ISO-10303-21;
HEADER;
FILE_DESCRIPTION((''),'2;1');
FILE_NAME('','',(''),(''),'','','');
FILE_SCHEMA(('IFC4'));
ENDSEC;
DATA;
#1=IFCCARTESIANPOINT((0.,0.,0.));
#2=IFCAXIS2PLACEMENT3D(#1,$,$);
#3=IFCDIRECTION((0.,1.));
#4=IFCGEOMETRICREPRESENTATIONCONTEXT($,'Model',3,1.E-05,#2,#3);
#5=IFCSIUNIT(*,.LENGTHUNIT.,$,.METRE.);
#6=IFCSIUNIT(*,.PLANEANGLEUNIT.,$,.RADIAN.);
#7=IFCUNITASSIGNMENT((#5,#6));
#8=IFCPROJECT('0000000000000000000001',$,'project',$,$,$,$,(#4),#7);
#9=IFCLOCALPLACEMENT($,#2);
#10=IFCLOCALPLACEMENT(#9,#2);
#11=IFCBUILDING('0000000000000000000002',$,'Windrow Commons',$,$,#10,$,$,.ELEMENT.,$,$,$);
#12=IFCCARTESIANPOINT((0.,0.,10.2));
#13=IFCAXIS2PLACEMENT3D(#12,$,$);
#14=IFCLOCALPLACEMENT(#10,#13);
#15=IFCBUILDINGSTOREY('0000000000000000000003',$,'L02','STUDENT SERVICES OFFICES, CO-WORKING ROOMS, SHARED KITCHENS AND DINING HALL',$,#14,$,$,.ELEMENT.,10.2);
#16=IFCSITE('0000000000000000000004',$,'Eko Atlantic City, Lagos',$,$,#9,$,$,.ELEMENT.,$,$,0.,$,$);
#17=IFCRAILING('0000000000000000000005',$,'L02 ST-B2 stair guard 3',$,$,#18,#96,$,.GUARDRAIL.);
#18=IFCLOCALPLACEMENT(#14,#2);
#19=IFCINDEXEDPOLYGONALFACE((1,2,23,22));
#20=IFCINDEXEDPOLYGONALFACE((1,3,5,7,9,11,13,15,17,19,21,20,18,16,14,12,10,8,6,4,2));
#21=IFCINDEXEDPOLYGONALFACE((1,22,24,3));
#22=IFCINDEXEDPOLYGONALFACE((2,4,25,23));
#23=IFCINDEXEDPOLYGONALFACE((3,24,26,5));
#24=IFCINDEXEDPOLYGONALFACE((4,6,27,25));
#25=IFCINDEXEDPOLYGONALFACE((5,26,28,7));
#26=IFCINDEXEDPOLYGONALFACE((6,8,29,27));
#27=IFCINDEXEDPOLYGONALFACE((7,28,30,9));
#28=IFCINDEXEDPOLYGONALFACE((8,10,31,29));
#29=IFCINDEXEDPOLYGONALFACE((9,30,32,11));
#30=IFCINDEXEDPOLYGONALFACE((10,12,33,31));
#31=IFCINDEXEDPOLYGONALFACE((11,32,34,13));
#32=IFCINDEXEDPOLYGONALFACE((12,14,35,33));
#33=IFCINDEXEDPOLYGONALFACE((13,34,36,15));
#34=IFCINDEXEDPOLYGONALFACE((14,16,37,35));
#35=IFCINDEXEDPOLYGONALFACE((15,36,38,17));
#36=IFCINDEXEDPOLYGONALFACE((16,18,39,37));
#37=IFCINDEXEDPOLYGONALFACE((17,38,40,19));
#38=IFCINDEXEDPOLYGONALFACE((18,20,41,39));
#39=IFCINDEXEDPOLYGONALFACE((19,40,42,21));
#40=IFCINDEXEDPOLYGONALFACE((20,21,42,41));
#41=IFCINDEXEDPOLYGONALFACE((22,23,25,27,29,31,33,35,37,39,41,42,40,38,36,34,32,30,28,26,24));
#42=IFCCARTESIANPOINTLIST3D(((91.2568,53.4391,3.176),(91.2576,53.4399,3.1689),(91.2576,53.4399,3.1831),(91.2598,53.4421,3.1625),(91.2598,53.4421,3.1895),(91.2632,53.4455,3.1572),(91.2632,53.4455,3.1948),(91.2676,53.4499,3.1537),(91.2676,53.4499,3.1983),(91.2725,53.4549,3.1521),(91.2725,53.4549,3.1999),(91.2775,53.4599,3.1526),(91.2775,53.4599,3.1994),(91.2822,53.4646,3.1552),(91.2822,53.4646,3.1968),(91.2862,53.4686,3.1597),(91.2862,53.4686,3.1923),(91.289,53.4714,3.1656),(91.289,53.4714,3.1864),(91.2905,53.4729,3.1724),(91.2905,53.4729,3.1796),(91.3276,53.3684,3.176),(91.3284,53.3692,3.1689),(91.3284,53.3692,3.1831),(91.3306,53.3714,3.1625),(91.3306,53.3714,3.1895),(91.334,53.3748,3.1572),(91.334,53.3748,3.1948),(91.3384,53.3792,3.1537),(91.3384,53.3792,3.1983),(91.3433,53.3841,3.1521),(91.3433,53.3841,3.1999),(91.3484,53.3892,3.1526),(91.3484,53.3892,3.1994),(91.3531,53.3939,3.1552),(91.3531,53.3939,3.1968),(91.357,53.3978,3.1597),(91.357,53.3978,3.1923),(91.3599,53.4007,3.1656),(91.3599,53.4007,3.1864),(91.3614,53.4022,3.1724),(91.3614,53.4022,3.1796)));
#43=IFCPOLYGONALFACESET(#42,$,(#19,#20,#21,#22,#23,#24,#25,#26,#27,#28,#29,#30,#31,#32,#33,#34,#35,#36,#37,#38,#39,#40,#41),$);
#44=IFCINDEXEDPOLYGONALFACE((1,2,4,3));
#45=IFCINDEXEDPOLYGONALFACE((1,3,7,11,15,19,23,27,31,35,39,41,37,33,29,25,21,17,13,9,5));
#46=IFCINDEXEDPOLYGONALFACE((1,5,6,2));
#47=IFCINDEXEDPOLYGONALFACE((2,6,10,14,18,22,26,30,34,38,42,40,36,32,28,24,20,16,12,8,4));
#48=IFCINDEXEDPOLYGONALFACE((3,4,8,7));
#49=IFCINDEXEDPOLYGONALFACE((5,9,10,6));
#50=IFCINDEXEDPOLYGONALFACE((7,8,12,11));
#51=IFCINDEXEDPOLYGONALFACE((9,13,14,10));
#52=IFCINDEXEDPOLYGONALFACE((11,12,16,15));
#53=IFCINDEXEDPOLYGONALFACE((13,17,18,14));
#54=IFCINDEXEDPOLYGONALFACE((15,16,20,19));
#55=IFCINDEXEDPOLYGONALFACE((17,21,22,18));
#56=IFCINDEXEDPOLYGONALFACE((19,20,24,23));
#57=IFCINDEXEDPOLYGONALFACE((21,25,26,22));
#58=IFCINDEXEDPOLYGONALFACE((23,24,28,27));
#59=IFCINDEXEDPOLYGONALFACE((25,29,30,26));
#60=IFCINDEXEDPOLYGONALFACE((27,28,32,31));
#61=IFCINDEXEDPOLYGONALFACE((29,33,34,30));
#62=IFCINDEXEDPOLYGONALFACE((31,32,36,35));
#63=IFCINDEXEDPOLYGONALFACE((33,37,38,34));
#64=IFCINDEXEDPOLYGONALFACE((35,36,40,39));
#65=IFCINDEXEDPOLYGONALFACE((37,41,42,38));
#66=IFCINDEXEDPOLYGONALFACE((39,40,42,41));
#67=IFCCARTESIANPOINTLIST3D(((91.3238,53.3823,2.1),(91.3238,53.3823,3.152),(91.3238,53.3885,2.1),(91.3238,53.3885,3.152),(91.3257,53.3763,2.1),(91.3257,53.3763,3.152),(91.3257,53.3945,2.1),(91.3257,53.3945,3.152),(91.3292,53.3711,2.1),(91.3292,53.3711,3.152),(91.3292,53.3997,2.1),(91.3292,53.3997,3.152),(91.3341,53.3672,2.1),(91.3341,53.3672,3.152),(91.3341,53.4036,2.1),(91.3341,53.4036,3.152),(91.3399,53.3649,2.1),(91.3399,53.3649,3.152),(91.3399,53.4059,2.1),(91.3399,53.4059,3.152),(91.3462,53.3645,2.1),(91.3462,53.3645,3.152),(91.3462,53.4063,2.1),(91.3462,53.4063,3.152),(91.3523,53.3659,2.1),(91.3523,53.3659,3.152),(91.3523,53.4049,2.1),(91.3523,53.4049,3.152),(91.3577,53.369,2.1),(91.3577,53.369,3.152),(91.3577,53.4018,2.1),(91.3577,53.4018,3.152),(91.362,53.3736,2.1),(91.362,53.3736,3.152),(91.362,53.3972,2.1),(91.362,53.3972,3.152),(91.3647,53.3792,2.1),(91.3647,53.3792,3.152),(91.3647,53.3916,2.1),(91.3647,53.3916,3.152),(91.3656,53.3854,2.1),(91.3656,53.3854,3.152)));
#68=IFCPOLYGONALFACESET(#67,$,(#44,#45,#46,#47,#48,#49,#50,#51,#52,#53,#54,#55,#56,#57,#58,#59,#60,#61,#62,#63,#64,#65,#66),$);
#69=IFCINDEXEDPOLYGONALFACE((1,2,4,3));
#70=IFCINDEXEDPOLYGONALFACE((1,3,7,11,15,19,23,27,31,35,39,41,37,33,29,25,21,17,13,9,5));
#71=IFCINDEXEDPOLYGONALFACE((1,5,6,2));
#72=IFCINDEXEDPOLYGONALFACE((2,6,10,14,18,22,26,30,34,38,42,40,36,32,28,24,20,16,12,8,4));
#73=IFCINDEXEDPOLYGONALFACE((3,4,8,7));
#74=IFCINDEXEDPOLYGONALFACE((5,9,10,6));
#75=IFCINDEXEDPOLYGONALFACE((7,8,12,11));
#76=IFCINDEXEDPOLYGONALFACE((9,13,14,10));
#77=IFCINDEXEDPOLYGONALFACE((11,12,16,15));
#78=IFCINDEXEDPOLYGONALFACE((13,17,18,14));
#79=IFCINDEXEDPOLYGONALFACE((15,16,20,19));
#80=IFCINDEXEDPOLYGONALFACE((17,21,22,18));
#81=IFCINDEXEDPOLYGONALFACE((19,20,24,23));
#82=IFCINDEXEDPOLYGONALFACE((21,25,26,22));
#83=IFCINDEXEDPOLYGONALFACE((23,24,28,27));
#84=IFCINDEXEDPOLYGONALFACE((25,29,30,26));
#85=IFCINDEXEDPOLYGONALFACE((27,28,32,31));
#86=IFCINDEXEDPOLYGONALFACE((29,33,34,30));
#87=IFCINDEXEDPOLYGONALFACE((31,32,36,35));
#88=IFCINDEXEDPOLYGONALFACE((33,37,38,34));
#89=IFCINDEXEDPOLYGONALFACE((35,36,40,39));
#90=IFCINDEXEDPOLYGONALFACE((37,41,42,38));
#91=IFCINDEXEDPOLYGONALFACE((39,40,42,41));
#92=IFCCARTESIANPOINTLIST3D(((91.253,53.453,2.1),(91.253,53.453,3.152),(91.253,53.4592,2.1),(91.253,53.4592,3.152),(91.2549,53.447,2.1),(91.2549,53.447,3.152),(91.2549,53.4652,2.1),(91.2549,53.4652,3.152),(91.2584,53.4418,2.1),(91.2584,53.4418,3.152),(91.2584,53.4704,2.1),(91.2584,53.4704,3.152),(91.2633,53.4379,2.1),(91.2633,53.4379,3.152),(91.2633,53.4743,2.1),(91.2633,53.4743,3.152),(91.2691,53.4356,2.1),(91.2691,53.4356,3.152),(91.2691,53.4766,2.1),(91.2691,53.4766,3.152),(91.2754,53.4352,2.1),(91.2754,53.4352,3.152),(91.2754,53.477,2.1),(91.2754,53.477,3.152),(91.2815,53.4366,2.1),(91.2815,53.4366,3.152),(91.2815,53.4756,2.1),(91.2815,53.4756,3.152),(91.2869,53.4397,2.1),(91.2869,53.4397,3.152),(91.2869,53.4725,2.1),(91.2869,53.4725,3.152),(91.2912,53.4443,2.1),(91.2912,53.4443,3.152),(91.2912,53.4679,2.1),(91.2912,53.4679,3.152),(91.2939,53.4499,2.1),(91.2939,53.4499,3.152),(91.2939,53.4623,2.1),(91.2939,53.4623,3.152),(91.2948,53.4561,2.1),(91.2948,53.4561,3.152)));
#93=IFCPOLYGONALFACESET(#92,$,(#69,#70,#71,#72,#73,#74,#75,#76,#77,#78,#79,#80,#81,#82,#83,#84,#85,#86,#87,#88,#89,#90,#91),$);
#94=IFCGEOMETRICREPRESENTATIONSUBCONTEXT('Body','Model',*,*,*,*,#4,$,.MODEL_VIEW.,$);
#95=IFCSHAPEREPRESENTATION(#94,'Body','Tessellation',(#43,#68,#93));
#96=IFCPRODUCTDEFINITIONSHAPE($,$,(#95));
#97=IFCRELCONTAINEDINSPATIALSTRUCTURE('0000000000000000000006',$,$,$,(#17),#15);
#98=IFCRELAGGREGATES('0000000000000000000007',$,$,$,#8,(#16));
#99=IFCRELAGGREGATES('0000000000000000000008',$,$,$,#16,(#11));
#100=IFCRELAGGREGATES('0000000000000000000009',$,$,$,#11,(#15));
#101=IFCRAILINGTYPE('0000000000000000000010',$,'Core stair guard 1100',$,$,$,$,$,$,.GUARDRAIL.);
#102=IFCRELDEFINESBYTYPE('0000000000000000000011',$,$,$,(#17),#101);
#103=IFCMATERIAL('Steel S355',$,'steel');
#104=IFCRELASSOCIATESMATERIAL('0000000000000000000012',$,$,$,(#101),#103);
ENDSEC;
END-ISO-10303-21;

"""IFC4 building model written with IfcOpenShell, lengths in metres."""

from ifc_helpers import new_model, si_unit, direction, frame, origin, origin_2d, place, context, subcontext, project, spatial, circle, extrude, material, type_object, element, save


model = new_model("IFC4")

# Units and contexts
model_context = context("Model", 3, precision=1e-05, world=origin(), true_north=direction((0.0, 1.0)))
body_context = subcontext(model_context, "Body", "Model", "MODEL_VIEW")
ifc_project = project(units=[si_unit("LENGTHUNIT", "METRE"), si_unit("PLANEANGLEUNIT", "RADIAN")], contexts=[model_context])

# Site, building, storey
site_placement = place(None, origin())
site = spatial("IfcSite", under=ifc_project, at=site_placement, Name="Eko Atlantic City, Lagos", CompositionType="ELEMENT", RefElevation=0.0)
building_placement = place(site_placement, origin())
building = spatial("IfcBuilding", under=site, at=building_placement, Name="Windrow Commons", CompositionType="ELEMENT")
storey_placement = place(building_placement, frame((0.0, 0.0, 10.2)))
storey = spatial("IfcBuildingStorey", under=building, at=storey_placement, Name="L02", Description="STUDENT SERVICES OFFICES, CO-WORKING ROOMS, SHARED KITCHENS AND DINING HALL", CompositionType="ELEMENT", Elevation=10.2)

# Railing
ifc_material_1 = material(Name="Steel S355", Category="steel")
railing_type_1 = type_object("IfcRailingType", Name="Core stair guard 1100", PredefinedType="GUARDRAIL", material=ifc_material_1)
railing_1_placement = place(storey_placement, frame((91.3446, 53.3854, 2.1)))
element("IfcRailing", 1, at=railing_1_placement, inside=storey, type_object=railing_type_1, Name="L02 ST-B2 stair guard 3", PredefinedType="GUARDRAIL", context=body_context, shape_type="SweptSolid", body=[
    extrude(circle(Radius=0.024, at=origin_2d()), frame((0.0, 0.0, 1.076), z_axis=(-0.707606, 0.706607, 0.0), x_axis=(-0.706607, -0.707606, 0.0)), (0.0, 0.0, 1.0), 0.1001),
    extrude(circle(Radius=0.021, at=origin_2d()), origin(), (0.0, 0.0, 1.0), 1.052),
    extrude(circle(Radius=0.021, at=origin_2d()), frame((-0.0708, 0.0707, 0.0)), (0.0, 0.0, 1.0), 1.052),
])

save(model, "model.ifc")
